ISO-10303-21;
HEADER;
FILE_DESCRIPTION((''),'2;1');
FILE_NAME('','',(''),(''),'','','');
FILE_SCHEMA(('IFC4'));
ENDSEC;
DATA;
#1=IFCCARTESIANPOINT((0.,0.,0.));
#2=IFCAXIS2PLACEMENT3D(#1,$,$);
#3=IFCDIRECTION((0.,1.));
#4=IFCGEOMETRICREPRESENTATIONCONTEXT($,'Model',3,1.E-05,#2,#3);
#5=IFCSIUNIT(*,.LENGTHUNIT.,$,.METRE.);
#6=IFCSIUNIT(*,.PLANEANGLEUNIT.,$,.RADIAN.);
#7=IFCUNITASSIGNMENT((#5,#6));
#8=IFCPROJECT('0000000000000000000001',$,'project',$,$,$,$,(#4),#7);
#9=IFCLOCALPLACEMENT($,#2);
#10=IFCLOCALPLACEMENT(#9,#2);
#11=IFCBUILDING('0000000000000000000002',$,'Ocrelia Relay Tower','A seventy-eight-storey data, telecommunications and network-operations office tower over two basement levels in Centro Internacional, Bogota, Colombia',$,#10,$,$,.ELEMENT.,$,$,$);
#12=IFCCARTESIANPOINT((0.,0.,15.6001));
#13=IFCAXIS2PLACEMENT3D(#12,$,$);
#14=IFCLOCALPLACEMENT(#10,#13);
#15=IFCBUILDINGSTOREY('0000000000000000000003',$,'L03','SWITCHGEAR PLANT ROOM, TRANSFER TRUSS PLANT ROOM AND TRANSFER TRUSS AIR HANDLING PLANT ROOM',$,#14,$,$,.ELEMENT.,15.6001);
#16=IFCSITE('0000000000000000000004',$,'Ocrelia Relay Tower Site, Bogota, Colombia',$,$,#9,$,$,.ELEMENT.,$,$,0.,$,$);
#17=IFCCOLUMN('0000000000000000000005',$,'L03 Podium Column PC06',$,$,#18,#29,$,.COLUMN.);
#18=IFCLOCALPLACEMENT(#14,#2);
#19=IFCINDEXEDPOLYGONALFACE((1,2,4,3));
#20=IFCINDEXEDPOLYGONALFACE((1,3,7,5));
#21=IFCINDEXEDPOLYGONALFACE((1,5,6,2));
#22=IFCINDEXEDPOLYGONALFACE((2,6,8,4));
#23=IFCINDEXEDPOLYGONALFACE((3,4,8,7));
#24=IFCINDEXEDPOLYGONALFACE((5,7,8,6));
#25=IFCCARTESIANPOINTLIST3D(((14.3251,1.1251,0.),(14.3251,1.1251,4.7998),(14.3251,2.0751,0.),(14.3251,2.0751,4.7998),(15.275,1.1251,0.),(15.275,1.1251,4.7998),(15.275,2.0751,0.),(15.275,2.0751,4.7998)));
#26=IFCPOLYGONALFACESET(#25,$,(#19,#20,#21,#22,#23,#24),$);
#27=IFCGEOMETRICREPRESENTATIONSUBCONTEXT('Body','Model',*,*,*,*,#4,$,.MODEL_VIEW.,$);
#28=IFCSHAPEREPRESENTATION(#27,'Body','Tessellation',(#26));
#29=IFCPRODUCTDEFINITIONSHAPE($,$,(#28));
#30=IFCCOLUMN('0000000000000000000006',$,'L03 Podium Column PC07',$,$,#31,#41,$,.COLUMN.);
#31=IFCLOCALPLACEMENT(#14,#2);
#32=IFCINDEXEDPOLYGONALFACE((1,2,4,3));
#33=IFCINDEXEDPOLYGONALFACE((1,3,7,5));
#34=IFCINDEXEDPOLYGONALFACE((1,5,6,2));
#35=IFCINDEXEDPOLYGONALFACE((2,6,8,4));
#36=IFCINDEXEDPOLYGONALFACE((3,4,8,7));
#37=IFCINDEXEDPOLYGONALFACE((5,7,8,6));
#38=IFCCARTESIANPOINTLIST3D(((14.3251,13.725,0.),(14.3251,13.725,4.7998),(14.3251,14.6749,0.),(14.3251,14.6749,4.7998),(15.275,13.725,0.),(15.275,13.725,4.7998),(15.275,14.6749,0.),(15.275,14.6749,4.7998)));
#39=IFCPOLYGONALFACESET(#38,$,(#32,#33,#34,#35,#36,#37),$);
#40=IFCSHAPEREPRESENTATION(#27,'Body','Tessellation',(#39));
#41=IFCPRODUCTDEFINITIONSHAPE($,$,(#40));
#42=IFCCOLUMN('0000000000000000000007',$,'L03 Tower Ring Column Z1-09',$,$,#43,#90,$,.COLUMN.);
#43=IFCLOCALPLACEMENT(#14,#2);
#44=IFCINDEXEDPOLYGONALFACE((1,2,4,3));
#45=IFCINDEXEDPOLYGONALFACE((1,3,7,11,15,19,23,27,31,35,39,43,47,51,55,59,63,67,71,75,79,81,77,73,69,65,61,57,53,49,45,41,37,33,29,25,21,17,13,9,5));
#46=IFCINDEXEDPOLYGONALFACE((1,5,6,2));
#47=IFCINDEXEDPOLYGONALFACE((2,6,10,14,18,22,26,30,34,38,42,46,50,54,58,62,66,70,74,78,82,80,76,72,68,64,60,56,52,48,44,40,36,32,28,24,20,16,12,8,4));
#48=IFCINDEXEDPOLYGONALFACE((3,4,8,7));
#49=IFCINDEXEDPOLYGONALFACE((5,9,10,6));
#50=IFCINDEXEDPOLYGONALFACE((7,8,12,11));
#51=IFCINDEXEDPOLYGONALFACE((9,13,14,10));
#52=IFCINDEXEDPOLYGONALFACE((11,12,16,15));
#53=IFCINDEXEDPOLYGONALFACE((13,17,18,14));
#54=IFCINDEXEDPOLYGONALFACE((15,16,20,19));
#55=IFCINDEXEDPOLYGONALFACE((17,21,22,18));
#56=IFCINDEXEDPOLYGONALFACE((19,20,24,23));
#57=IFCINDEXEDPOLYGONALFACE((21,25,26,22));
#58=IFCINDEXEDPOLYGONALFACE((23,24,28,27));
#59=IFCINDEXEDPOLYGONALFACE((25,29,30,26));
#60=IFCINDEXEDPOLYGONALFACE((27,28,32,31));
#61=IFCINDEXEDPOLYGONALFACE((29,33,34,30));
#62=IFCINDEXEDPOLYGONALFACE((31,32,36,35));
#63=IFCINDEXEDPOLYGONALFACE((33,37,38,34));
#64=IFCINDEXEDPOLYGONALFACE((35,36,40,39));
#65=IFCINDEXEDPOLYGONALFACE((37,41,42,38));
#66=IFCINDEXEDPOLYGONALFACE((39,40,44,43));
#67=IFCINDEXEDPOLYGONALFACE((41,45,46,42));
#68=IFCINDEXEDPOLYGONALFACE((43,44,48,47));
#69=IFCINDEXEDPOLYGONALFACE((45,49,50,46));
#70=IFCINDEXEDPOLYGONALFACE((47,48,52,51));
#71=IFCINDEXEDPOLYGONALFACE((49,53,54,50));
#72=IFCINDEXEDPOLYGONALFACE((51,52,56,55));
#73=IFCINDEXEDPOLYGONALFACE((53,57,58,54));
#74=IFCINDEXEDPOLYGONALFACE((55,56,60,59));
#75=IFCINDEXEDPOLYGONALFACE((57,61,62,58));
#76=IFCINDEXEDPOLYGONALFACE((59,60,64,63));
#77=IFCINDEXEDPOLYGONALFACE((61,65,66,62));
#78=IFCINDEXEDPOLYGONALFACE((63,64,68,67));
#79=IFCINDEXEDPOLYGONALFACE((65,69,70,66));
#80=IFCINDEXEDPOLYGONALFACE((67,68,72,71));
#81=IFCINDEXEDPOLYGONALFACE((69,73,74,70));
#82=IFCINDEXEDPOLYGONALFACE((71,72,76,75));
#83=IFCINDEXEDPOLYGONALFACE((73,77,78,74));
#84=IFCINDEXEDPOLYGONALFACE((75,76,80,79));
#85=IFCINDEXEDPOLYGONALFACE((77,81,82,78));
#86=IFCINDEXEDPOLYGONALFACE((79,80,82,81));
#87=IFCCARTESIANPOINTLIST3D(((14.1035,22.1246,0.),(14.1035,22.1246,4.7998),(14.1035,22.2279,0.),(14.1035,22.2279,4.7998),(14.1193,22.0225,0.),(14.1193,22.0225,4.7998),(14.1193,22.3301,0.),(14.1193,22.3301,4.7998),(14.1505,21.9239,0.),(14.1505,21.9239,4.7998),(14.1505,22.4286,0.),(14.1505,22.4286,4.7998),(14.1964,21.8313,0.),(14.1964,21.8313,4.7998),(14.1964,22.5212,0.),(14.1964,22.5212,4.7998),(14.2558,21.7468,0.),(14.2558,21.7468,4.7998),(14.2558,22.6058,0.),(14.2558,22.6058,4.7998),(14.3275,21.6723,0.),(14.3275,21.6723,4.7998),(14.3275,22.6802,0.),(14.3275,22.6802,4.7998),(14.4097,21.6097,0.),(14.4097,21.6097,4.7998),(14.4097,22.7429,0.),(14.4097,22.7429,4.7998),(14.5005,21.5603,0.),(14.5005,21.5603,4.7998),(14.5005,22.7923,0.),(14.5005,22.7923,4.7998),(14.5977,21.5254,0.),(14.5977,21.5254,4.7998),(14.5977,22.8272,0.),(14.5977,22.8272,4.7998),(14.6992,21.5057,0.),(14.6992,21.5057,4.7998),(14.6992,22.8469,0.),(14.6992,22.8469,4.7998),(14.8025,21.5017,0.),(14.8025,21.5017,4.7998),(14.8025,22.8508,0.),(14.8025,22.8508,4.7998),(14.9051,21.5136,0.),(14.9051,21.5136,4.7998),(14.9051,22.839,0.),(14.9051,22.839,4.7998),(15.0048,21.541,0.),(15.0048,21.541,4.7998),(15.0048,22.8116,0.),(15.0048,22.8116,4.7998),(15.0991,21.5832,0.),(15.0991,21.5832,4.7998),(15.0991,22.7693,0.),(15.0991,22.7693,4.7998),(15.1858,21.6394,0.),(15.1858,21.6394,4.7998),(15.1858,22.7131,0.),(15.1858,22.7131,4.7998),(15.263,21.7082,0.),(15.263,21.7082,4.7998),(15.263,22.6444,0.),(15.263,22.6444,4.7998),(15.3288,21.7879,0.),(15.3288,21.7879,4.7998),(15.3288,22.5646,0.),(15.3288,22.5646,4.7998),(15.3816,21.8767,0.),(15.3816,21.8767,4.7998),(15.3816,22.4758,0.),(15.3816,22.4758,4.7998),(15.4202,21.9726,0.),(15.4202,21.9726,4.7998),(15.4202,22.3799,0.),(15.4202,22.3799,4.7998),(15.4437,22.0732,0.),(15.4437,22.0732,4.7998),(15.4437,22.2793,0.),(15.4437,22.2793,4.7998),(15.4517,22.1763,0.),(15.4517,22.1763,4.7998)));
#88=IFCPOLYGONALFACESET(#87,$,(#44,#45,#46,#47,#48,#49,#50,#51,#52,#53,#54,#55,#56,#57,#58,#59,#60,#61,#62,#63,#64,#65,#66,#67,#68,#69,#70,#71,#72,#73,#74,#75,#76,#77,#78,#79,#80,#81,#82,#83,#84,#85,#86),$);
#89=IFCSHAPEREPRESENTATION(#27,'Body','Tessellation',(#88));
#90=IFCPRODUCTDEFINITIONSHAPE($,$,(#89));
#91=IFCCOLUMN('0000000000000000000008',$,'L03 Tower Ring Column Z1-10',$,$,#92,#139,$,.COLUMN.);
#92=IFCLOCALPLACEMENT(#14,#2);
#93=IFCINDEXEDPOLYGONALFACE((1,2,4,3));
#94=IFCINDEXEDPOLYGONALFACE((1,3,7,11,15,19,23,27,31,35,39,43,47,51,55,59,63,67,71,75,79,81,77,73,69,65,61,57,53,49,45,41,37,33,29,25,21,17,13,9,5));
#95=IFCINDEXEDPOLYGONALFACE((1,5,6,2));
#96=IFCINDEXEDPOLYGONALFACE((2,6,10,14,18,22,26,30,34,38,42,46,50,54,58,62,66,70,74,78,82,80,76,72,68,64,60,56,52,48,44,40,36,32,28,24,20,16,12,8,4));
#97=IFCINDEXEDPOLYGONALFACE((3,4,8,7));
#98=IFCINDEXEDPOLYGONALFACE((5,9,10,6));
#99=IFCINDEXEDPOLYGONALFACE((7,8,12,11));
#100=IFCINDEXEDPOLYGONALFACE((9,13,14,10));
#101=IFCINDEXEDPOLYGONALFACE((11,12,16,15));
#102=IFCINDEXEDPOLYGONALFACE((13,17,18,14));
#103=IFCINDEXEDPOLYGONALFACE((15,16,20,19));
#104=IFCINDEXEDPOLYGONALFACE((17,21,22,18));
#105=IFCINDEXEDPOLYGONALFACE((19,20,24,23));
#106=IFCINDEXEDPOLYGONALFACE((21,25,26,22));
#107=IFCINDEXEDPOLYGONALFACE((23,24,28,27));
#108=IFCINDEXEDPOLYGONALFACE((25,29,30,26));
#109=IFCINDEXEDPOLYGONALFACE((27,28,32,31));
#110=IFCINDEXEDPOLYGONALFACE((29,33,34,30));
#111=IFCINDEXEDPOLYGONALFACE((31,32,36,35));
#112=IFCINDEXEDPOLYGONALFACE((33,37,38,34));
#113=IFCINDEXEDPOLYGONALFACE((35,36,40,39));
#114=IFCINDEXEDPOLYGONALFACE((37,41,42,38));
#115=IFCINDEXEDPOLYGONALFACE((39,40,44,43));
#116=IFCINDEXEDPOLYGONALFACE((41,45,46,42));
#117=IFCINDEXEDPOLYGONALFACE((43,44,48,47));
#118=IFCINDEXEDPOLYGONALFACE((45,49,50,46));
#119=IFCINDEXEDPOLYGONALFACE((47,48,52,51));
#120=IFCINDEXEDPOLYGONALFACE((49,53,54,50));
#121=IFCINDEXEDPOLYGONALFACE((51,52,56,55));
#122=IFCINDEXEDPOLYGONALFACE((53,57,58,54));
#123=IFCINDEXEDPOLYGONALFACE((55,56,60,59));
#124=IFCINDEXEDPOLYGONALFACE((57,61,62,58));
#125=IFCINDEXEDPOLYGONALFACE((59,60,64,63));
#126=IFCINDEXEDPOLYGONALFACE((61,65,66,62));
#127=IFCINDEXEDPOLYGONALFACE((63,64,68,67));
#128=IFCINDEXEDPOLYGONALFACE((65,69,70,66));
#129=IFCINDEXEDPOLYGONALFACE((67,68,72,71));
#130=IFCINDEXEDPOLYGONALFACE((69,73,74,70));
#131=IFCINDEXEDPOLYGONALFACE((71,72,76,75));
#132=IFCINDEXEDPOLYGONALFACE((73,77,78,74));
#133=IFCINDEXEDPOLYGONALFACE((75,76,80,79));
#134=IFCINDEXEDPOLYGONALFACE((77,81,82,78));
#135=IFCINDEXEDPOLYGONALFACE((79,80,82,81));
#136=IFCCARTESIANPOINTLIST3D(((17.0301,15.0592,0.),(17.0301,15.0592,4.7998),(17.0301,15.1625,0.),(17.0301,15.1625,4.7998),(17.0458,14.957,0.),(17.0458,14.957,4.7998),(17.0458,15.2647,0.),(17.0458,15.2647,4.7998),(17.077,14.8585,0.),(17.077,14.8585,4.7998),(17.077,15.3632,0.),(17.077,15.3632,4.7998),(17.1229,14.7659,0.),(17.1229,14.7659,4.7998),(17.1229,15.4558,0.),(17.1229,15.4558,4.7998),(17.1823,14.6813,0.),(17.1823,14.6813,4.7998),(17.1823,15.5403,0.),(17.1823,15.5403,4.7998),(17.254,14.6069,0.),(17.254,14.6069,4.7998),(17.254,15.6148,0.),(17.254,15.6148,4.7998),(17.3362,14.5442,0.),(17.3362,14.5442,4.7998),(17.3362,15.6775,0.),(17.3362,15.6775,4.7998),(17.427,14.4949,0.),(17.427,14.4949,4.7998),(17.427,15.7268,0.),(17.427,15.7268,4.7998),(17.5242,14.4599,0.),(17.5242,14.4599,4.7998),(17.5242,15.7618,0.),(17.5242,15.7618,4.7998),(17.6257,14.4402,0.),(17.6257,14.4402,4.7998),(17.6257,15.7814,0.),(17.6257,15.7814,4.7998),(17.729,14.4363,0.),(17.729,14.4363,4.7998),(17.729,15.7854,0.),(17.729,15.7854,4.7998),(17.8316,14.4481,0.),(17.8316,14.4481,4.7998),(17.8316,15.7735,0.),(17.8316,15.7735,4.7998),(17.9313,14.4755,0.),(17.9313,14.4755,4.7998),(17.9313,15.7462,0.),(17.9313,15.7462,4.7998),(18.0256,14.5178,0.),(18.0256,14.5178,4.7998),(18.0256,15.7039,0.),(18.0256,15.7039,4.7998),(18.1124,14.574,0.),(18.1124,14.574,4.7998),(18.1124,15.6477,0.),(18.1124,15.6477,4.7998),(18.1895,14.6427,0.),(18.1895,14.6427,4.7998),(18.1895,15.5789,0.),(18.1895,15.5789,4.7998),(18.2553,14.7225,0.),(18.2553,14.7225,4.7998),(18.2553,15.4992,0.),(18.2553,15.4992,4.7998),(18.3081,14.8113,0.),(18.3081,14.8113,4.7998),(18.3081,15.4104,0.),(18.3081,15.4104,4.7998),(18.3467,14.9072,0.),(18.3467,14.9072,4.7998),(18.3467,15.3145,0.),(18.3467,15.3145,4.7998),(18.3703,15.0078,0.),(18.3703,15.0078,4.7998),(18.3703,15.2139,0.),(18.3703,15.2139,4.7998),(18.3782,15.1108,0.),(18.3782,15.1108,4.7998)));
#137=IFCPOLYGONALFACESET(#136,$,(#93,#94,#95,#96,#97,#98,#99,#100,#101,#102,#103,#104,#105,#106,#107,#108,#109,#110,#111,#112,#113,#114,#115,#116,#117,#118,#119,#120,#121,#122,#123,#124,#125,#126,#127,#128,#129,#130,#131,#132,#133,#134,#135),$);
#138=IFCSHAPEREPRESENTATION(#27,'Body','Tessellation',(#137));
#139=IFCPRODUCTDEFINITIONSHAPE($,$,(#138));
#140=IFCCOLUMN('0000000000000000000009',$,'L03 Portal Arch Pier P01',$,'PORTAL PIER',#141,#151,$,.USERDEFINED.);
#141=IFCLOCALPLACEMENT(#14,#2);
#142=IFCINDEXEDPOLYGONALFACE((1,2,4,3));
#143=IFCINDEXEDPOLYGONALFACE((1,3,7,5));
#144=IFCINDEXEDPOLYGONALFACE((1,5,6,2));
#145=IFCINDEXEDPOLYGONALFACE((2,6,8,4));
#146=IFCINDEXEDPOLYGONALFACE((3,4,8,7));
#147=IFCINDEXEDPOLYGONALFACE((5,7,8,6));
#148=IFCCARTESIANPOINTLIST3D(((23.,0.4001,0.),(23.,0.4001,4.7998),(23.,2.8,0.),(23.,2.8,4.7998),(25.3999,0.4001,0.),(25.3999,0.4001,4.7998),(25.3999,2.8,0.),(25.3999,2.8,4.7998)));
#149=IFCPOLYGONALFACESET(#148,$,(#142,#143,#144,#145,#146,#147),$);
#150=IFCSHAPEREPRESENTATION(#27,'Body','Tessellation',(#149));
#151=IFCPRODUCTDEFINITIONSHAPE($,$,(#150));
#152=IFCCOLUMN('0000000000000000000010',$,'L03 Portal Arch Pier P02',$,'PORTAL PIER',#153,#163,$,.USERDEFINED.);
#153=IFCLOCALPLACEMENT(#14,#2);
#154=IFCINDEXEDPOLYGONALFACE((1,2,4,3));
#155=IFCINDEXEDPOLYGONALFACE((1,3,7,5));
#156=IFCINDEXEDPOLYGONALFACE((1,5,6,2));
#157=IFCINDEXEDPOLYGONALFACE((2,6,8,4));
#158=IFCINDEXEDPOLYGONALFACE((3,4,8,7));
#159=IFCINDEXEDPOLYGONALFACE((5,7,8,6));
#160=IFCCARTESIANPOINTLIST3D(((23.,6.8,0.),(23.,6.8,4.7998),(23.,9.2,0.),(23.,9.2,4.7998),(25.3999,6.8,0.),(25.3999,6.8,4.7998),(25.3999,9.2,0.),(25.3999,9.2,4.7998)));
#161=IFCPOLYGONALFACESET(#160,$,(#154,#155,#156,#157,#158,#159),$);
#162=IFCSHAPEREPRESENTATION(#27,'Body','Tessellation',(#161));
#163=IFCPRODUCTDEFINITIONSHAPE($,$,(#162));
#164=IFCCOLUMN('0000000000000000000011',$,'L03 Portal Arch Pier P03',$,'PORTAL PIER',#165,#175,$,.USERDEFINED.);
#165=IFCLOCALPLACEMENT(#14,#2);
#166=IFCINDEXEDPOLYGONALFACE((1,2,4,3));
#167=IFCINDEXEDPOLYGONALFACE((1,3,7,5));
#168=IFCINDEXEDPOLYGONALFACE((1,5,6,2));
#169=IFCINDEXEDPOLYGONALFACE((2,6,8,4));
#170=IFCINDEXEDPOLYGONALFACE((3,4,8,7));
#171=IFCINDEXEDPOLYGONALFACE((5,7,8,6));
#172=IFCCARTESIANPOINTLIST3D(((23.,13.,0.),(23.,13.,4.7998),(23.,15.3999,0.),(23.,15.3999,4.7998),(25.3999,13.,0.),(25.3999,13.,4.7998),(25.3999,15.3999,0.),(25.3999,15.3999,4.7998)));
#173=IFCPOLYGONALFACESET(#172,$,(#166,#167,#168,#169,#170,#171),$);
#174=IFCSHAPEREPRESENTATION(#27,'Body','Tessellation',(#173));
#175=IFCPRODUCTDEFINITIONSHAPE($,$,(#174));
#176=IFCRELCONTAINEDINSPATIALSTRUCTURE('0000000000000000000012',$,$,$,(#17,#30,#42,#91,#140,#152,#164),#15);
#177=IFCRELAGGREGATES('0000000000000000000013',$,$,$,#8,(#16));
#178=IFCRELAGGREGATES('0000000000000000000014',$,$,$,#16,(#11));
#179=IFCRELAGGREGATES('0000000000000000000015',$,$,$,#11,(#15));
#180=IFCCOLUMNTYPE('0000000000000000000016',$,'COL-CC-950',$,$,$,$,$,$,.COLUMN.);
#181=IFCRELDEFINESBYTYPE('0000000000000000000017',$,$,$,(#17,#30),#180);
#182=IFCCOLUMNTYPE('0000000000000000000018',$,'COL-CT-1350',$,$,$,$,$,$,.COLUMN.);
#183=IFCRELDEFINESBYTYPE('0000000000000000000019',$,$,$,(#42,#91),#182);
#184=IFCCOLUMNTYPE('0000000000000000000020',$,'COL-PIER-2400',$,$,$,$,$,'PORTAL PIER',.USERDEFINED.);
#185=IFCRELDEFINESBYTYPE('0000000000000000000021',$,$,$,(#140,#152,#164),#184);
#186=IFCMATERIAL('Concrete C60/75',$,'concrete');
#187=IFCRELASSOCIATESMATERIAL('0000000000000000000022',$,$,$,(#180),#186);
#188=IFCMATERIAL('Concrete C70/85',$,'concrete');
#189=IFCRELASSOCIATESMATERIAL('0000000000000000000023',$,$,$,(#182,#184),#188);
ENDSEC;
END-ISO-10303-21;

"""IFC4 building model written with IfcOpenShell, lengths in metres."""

from ifc_helpers import new_model, si_unit, direction, frame, origin, origin_2d, place, context, subcontext, project, spatial, rectangle, circle, extrude, material, material_profile, profile_set, type_object, element, save


model = new_model("IFC4")

# Units and contexts
model_context = context("Model", 3, precision=1e-05, world=origin(), true_north=direction((0.0, 1.0)))
body_context = subcontext(model_context, "Body", "Model", "MODEL_VIEW")
ifc_project = project(units=[si_unit("LENGTHUNIT", "METRE"), si_unit("PLANEANGLEUNIT", "RADIAN")], contexts=[model_context])

# Site, building, storey
site_placement = place(None, origin())
site = spatial("IfcSite", under=ifc_project, at=site_placement, Name="Ocrelia Relay Tower Site, Bogota, Colombia", CompositionType="ELEMENT", RefElevation=0.0)
building_placement = place(site_placement, origin())
building = spatial("IfcBuilding", under=site, at=building_placement, Name="Ocrelia Relay Tower", Description="A seventy-eight-storey data, telecommunications and network-operations office tower over two basement levels in Centro Internacional, Bogota, Colombia", CompositionType="ELEMENT")
storey_placement = place(building_placement, frame((0.0, 0.0, 15.6001)))
storey = spatial("IfcBuildingStorey", under=building, at=storey_placement, Name="L03", Description="SWITCHGEAR PLANT ROOM, TRANSFER TRUSS PLANT ROOM AND TRANSFER TRUSS AIR HANDLING PLANT ROOM", CompositionType="ELEMENT", Elevation=15.6001)

# Columns
ifc_material_1 = material(Name="Concrete C60/75", Category="concrete")
ifc_material_profile_1 = material_profile(ifc_material_1, rectangle(XDim=0.95, YDim=0.95, at=origin_2d()), Name="RC-COL-950x950")
ifc_profile_set_1 = profile_set([ifc_material_profile_1], Name="Concrete C60/75")
column_type_1 = type_object("IfcColumnType", Name="COL-CC-950", PredefinedType="COLUMN", material=ifc_profile_set_1)
for number, where, z_axis, x_axis, name in (
    (1, (14.8, 1.6001, 0.0), (0.0, 0.0, 1.0), (1.0, 0.0, 0.0), "L03 Podium Column PC06"),
    (2, (14.8, 14.2, 0.0), (0.0, 0.0, 1.0), (1.0, 0.0, 0.0), "L03 Podium Column PC07"),
):
    element("IfcColumn", number, at=place(storey_placement, frame(where, z_axis=z_axis, x_axis=x_axis)), inside=storey, type_object=column_type_1, Name=name, PredefinedType="COLUMN", context=body_context, shape_type="SweptSolid", body=[
        extrude(rectangle(XDim=0.95, YDim=0.95, at=origin_2d()), origin(), (0.0, 0.0, 1.0), 4.7998),
    ])
ifc_material_2 = material(Name="Concrete C70/85", Category="concrete")
ifc_material_profile_2 = material_profile(ifc_material_2, circle(Radius=0.675, at=origin_2d()), Name="RC-CIR-1350")
ifc_profile_set_2 = profile_set([ifc_material_profile_2], Name="Concrete C70/85")
column_type_2 = type_object("IfcColumnType", Name="COL-CT-1350", PredefinedType="COLUMN", material=ifc_profile_set_2)
for number, where, z_axis, x_axis, name in (
    (3, (14.7766, 22.1763, 0.0), (0.0, 0.0, 1.0), (1.0, 0.0, 0.0), "L03 Tower Ring Column Z1-09"),
    (4, (17.7031, 15.1108, 0.0), (0.0, 0.0, 1.0), (1.0, 0.0, 0.0), "L03 Tower Ring Column Z1-10"),
):
    element("IfcColumn", number, at=place(storey_placement, frame(where, z_axis=z_axis, x_axis=x_axis)), inside=storey, type_object=column_type_2, Name=name, PredefinedType="COLUMN", context=body_context, shape_type="SweptSolid", body=[
        extrude(circle(Radius=0.675, at=origin_2d()), origin(), (0.0, 0.0, 1.0), 4.7998),
    ])
ifc_material_profile_3 = material_profile(ifc_material_2, rectangle(XDim=2.3999, YDim=2.3999, at=origin_2d()), Name="RC-PIER-2400x2400")
ifc_profile_set_3 = profile_set([ifc_material_profile_3], Name="Concrete C70/85")
column_type_3 = type_object("IfcColumnType", Name="COL-PIER-2400", ElementType="PORTAL PIER", PredefinedType="USERDEFINED", material=ifc_profile_set_3)
for number, where, z_axis, x_axis, name in (
    (5, (24.2, 1.6001, 0.0), (0.0, 0.0, 1.0), (1.0, 0.0, 0.0), "L03 Portal Arch Pier P01"),
    (6, (24.2, 8.0, 0.0), (0.0, 0.0, 1.0), (1.0, 0.0, 0.0), "L03 Portal Arch Pier P02"),
    (7, (24.2, 14.2, 0.0), (0.0, 0.0, 1.0), (1.0, 0.0, 0.0), "L03 Portal Arch Pier P03"),
):
    element("IfcColumn", number, at=place(storey_placement, frame(where, z_axis=z_axis, x_axis=x_axis)), inside=storey, type_object=column_type_3, Name=name, ObjectType="PORTAL PIER", PredefinedType="USERDEFINED", context=body_context, shape_type="SweptSolid", body=[
        extrude(rectangle(XDim=2.3999, YDim=2.3999, at=origin_2d()), origin(), (0.0, 0.0, 1.0), 4.7998),
    ])

save(model, "model.ifc")
